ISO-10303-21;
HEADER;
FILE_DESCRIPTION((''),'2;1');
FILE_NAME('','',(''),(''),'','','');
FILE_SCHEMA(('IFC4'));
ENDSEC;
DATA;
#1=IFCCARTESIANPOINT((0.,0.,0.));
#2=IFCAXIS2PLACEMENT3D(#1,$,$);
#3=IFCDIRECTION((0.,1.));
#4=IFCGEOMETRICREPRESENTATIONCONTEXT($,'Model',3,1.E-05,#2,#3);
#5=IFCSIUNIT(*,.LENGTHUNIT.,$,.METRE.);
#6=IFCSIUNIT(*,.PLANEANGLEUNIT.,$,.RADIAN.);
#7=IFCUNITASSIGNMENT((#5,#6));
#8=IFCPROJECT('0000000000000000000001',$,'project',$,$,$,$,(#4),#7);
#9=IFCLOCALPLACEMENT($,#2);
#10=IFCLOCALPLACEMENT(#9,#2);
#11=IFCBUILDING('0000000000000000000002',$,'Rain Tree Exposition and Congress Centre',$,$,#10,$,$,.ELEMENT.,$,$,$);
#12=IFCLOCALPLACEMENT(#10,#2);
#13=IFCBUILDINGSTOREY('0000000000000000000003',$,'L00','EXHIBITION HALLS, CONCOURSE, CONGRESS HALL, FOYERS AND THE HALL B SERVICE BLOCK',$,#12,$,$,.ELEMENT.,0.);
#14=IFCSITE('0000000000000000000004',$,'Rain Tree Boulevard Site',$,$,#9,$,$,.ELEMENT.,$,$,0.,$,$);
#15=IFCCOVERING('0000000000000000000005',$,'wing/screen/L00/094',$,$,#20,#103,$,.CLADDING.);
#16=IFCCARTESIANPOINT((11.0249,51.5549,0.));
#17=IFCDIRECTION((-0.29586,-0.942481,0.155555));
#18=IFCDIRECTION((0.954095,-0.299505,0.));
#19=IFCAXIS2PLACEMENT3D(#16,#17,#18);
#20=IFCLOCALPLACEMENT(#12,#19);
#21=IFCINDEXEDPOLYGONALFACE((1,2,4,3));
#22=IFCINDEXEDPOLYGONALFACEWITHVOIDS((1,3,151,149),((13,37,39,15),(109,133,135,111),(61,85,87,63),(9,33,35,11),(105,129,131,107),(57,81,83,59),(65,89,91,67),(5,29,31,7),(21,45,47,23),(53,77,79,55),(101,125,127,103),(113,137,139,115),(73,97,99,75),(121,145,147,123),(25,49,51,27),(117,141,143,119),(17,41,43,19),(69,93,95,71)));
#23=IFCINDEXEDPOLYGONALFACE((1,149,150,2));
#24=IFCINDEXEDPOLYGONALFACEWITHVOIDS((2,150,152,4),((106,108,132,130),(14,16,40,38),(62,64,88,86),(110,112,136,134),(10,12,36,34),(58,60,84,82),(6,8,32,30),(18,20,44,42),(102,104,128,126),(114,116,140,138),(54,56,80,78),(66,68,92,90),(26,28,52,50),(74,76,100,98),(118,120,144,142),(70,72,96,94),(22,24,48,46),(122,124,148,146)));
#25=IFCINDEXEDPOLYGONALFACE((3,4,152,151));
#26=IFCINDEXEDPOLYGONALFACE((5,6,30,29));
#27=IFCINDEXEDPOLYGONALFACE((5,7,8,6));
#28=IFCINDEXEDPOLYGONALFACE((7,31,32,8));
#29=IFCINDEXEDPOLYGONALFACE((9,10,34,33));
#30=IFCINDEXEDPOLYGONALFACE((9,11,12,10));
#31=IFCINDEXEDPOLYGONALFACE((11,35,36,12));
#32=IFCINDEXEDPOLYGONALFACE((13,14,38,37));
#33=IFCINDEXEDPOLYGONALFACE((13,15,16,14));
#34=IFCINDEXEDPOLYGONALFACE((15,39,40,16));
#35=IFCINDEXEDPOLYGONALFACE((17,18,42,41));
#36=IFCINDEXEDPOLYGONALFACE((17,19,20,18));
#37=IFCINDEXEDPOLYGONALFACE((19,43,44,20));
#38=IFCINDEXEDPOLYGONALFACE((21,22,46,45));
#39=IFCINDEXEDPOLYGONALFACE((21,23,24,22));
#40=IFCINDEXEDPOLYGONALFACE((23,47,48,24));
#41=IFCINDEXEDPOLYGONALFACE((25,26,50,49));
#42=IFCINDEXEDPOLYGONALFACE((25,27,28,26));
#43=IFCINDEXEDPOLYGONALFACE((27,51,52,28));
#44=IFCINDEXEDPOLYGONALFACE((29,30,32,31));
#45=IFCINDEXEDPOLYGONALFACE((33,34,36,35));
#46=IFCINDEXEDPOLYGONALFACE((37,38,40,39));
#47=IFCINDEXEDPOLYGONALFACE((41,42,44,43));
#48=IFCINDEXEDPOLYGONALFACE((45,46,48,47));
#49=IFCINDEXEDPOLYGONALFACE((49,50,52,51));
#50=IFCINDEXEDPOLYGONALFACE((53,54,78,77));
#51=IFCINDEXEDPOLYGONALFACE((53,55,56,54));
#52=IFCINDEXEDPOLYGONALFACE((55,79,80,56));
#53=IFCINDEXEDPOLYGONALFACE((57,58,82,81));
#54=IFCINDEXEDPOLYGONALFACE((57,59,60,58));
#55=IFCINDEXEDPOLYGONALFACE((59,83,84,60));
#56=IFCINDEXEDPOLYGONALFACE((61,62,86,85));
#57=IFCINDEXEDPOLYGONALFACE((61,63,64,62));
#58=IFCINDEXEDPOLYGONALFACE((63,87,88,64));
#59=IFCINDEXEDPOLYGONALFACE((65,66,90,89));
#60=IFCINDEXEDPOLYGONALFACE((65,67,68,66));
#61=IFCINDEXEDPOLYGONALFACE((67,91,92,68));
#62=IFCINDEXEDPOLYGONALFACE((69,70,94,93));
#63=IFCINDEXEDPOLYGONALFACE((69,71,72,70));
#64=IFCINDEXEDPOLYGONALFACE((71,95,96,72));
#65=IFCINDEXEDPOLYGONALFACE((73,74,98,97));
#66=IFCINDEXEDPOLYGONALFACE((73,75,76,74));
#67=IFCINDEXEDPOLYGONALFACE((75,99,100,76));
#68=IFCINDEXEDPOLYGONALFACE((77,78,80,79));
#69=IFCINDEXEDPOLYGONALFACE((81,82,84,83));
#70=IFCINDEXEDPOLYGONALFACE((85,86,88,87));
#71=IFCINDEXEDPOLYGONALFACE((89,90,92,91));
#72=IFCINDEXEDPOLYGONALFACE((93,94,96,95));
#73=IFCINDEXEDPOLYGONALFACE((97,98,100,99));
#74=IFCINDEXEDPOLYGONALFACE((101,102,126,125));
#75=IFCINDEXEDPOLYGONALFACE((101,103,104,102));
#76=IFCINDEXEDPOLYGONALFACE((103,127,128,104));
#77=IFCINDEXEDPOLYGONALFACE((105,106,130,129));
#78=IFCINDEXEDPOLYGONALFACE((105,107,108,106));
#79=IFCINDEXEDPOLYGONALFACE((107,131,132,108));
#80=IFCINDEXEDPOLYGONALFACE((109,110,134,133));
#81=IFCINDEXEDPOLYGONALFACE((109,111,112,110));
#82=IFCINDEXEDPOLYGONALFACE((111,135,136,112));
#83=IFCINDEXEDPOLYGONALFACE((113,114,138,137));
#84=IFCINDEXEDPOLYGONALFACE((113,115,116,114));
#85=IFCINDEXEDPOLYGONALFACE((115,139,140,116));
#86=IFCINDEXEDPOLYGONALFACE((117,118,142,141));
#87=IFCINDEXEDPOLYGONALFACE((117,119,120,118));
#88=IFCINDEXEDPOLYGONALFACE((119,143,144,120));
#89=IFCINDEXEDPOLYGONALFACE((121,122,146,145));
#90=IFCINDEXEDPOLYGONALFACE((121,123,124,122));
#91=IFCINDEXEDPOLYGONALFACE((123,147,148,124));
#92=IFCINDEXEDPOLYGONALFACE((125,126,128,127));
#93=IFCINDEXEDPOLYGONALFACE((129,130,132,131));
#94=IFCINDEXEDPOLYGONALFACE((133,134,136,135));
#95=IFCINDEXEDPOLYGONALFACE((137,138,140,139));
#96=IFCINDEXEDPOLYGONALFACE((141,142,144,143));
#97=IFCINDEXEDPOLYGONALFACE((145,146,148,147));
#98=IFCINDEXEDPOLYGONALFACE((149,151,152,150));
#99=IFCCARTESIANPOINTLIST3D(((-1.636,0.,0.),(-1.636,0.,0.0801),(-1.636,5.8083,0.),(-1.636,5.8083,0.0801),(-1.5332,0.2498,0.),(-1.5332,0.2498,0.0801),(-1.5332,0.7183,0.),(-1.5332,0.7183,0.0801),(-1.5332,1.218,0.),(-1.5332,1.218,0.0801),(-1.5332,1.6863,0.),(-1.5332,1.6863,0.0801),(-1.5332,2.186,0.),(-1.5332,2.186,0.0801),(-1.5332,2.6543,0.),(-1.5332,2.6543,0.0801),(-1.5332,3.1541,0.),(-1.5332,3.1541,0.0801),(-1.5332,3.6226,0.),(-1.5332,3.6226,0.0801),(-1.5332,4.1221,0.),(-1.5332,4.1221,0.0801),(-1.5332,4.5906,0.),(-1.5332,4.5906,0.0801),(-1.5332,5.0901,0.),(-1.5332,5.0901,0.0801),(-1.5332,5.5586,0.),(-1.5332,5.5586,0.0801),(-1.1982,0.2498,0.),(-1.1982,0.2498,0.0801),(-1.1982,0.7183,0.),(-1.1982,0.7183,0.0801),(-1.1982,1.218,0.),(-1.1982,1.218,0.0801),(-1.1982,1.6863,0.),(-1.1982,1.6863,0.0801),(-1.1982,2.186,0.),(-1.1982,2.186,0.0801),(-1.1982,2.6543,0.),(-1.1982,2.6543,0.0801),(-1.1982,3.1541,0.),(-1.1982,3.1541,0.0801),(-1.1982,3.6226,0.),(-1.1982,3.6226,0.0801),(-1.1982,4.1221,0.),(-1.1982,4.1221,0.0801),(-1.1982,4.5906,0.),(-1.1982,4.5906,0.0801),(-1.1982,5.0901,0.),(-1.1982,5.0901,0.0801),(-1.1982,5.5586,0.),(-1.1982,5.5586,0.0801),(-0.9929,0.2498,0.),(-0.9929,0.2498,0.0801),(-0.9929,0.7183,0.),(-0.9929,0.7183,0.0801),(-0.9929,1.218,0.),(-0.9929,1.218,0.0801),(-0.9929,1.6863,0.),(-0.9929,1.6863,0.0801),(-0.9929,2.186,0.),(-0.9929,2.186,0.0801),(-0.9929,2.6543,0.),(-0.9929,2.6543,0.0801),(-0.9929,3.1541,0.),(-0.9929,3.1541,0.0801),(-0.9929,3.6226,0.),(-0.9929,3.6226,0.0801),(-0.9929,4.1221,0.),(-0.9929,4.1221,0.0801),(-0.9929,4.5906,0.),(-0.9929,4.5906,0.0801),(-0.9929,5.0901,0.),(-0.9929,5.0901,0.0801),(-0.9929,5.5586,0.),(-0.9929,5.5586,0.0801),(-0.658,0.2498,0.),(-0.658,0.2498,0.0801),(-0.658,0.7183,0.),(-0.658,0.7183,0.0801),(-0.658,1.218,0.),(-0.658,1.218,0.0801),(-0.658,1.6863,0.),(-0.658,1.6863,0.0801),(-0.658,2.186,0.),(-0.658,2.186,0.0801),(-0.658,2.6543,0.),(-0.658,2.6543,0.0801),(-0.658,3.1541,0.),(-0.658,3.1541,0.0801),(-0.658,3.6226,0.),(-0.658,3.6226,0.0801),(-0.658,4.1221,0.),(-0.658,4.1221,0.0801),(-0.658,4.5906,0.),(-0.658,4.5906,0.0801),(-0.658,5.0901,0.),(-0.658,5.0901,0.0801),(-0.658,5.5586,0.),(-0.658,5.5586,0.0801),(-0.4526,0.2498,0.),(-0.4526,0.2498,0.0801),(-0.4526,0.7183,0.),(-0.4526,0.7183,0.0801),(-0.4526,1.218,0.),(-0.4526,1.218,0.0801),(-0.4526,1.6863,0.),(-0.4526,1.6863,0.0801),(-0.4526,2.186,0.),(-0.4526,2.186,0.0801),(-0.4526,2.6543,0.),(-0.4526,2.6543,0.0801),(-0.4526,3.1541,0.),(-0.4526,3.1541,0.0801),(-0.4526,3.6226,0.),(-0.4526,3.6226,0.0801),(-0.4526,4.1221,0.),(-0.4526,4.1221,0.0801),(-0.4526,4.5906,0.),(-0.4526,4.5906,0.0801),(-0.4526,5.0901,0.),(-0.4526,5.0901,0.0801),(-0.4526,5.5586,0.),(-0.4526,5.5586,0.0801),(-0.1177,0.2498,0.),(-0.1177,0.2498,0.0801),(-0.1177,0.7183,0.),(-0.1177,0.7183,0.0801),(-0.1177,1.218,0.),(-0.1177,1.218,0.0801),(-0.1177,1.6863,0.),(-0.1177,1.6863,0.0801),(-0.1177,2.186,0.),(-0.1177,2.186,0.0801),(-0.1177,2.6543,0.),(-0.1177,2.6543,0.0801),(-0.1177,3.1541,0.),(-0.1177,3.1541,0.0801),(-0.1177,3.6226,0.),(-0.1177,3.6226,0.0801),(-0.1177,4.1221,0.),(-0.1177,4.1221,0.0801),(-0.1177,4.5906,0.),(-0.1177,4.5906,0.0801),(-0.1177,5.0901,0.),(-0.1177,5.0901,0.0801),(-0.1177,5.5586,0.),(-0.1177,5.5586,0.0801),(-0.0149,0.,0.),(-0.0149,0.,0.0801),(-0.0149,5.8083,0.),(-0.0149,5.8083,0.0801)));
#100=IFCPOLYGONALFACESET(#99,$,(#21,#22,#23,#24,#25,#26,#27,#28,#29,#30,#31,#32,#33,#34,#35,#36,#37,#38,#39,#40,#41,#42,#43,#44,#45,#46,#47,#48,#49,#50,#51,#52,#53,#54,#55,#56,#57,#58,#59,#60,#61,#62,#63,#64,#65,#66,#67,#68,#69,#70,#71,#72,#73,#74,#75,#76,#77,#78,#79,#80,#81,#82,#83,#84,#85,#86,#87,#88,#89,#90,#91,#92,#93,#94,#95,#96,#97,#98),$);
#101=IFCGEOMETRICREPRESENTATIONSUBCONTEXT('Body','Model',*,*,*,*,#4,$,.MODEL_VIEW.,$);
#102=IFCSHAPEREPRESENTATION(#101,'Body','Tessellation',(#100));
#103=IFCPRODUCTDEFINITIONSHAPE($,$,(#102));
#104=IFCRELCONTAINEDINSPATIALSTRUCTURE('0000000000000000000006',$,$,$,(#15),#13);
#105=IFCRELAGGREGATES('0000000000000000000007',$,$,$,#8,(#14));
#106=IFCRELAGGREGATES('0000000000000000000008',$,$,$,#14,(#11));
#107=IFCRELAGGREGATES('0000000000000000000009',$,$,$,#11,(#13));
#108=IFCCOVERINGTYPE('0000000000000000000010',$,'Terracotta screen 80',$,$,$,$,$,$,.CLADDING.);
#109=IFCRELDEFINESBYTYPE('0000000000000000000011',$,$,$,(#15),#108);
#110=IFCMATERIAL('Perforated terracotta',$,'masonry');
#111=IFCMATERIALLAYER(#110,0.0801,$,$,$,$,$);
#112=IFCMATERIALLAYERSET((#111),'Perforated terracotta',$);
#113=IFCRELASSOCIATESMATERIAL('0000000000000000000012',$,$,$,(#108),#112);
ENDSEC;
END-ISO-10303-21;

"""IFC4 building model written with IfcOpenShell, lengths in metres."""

from ifc_helpers import new_model, si_unit, direction, frame, origin, place, context, subcontext, project, spatial, polyline, outline, extrude, material, layer, layer_set, type_object, element, save


model = new_model("IFC4")

# Units and contexts
model_context = context("Model", 3, precision=1e-05, world=origin(), true_north=direction((0.0, 1.0)))
body_context = subcontext(model_context, "Body", "Model", "MODEL_VIEW")
ifc_project = project(units=[si_unit("LENGTHUNIT", "METRE"), si_unit("PLANEANGLEUNIT", "RADIAN")], contexts=[model_context])

# Site, building, storey
site_placement = place(None, origin())
site = spatial("IfcSite", under=ifc_project, at=site_placement, Name="Rain Tree Boulevard Site", CompositionType="ELEMENT", RefElevation=0.0)
building_placement = place(site_placement, origin())
building = spatial("IfcBuilding", under=site, at=building_placement, Name="Rain Tree Exposition and Congress Centre", CompositionType="ELEMENT")
storey_placement = place(building_placement, origin())
storey = spatial("IfcBuildingStorey", under=building, at=storey_placement, Name="L00", Description="EXHIBITION HALLS, CONCOURSE, CONGRESS HALL, FOYERS AND THE HALL B SERVICE BLOCK", CompositionType="ELEMENT", Elevation=0.0)

# Covering
ifc_material_1 = material(Name="Perforated terracotta", Category="masonry")
ifc_layer_1 = layer(ifc_material_1, 0.0801)
ifc_layer_set_1 = layer_set([ifc_layer_1], Name="Perforated terracotta")
covering_type = type_object("IfcCoveringType", Name="Terracotta screen 80", PredefinedType="CLADDING", material=ifc_layer_set_1)
covering_1_placement = place(storey_placement, frame((11.0249, 51.5549, 0.0), z_axis=(-0.29586, -0.942481, 0.155555), x_axis=(0.954095, -0.299505, 0.0)))
element("IfcCovering", 1, at=covering_1_placement, inside=storey, type_object=covering_type, Name="wing/screen/L00/094", PredefinedType="CLADDING", context=body_context, shape_type="SweptSolid", body=[
    extrude(outline(polyline([(-0.0149, 5.8083), (-0.0149, 0.0), (-1.636, 0.0), (-1.636, 5.8083), (-0.0149, 5.8083)]), holes=[polyline([(-0.1177, 0.2498), (-0.1177, 0.7183), (-0.4526, 0.7183), (-0.4526, 0.2498), (-0.1177, 0.2498)]), polyline([(-0.1177, 1.218), (-0.1177, 1.6863), (-0.4526, 1.6863), (-0.4526, 1.218), (-0.1177, 1.218)]), polyline([(-0.1177, 2.186), (-0.1177, 2.6543), (-0.4526, 2.6543), (-0.4526, 2.186), (-0.1177, 2.186)]), polyline([(-0.1177, 3.1541), (-0.1177, 3.6226), (-0.4526, 3.6226), (-0.4526, 3.1541), (-0.1177, 3.1541)]), polyline([(-0.1177, 4.1221), (-0.1177, 4.5906), (-0.4526, 4.5906), (-0.4526, 4.1221), (-0.1177, 4.1221)]), polyline([(-0.1177, 5.0901), (-0.1177, 5.5586), (-0.4526, 5.5586), (-0.4526, 5.0901), (-0.1177, 5.0901)]), polyline([(-0.658, 0.2498), (-0.658, 0.7183), (-0.9929, 0.7183), (-0.9929, 0.2498), (-0.658, 0.2498)]), polyline([(-0.658, 1.218), (-0.658, 1.6863), (-0.9929, 1.6863), (-0.9929, 1.218), (-0.658, 1.218)]), polyline([(-0.658, 2.186), (-0.658, 2.6543), (-0.9929, 2.6543), (-0.9929, 2.186), (-0.658, 2.186)]), polyline([(-0.658, 3.1541), (-0.658, 3.6226), (-0.9929, 3.6226), (-0.9929, 3.1541), (-0.658, 3.1541)]), polyline([(-0.658, 4.1221), (-0.658, 4.5906), (-0.9929, 4.5906), (-0.9929, 4.1221), (-0.658, 4.1221)]), polyline([(-0.658, 5.0901), (-0.658, 5.5586), (-0.9929, 5.5586), (-0.9929, 5.0901), (-0.658, 5.0901)]), polyline([(-1.1982, 0.2498), (-1.1982, 0.7183), (-1.5332, 0.7183), (-1.5332, 0.2498), (-1.1982, 0.2498)]), polyline([(-1.1982, 1.218), (-1.1982, 1.6863), (-1.5332, 1.6863), (-1.5332, 1.218), (-1.1982, 1.218)]), polyline([(-1.1982, 2.186), (-1.1982, 2.6543), (-1.5332, 2.6543), (-1.5332, 2.186), (-1.1982, 2.186)]), polyline([(-1.1982, 3.1541), (-1.1982, 3.6226), (-1.5332, 3.6226), (-1.5332, 3.1541), (-1.1982, 3.1541)]), polyline([(-1.1982, 4.1221), (-1.1982, 4.5906), (-1.5332, 4.5906), (-1.5332, 4.1221), (-1.1982, 4.1221)]), polyline([(-1.1982, 5.0901), (-1.1982, 5.5586), (-1.5332, 5.5586), (-1.5332, 5.0901), (-1.1982, 5.0901)])]), origin(), (0.0, 0.0, 1.0), 0.0801),
])

save(model, "model.ifc")
